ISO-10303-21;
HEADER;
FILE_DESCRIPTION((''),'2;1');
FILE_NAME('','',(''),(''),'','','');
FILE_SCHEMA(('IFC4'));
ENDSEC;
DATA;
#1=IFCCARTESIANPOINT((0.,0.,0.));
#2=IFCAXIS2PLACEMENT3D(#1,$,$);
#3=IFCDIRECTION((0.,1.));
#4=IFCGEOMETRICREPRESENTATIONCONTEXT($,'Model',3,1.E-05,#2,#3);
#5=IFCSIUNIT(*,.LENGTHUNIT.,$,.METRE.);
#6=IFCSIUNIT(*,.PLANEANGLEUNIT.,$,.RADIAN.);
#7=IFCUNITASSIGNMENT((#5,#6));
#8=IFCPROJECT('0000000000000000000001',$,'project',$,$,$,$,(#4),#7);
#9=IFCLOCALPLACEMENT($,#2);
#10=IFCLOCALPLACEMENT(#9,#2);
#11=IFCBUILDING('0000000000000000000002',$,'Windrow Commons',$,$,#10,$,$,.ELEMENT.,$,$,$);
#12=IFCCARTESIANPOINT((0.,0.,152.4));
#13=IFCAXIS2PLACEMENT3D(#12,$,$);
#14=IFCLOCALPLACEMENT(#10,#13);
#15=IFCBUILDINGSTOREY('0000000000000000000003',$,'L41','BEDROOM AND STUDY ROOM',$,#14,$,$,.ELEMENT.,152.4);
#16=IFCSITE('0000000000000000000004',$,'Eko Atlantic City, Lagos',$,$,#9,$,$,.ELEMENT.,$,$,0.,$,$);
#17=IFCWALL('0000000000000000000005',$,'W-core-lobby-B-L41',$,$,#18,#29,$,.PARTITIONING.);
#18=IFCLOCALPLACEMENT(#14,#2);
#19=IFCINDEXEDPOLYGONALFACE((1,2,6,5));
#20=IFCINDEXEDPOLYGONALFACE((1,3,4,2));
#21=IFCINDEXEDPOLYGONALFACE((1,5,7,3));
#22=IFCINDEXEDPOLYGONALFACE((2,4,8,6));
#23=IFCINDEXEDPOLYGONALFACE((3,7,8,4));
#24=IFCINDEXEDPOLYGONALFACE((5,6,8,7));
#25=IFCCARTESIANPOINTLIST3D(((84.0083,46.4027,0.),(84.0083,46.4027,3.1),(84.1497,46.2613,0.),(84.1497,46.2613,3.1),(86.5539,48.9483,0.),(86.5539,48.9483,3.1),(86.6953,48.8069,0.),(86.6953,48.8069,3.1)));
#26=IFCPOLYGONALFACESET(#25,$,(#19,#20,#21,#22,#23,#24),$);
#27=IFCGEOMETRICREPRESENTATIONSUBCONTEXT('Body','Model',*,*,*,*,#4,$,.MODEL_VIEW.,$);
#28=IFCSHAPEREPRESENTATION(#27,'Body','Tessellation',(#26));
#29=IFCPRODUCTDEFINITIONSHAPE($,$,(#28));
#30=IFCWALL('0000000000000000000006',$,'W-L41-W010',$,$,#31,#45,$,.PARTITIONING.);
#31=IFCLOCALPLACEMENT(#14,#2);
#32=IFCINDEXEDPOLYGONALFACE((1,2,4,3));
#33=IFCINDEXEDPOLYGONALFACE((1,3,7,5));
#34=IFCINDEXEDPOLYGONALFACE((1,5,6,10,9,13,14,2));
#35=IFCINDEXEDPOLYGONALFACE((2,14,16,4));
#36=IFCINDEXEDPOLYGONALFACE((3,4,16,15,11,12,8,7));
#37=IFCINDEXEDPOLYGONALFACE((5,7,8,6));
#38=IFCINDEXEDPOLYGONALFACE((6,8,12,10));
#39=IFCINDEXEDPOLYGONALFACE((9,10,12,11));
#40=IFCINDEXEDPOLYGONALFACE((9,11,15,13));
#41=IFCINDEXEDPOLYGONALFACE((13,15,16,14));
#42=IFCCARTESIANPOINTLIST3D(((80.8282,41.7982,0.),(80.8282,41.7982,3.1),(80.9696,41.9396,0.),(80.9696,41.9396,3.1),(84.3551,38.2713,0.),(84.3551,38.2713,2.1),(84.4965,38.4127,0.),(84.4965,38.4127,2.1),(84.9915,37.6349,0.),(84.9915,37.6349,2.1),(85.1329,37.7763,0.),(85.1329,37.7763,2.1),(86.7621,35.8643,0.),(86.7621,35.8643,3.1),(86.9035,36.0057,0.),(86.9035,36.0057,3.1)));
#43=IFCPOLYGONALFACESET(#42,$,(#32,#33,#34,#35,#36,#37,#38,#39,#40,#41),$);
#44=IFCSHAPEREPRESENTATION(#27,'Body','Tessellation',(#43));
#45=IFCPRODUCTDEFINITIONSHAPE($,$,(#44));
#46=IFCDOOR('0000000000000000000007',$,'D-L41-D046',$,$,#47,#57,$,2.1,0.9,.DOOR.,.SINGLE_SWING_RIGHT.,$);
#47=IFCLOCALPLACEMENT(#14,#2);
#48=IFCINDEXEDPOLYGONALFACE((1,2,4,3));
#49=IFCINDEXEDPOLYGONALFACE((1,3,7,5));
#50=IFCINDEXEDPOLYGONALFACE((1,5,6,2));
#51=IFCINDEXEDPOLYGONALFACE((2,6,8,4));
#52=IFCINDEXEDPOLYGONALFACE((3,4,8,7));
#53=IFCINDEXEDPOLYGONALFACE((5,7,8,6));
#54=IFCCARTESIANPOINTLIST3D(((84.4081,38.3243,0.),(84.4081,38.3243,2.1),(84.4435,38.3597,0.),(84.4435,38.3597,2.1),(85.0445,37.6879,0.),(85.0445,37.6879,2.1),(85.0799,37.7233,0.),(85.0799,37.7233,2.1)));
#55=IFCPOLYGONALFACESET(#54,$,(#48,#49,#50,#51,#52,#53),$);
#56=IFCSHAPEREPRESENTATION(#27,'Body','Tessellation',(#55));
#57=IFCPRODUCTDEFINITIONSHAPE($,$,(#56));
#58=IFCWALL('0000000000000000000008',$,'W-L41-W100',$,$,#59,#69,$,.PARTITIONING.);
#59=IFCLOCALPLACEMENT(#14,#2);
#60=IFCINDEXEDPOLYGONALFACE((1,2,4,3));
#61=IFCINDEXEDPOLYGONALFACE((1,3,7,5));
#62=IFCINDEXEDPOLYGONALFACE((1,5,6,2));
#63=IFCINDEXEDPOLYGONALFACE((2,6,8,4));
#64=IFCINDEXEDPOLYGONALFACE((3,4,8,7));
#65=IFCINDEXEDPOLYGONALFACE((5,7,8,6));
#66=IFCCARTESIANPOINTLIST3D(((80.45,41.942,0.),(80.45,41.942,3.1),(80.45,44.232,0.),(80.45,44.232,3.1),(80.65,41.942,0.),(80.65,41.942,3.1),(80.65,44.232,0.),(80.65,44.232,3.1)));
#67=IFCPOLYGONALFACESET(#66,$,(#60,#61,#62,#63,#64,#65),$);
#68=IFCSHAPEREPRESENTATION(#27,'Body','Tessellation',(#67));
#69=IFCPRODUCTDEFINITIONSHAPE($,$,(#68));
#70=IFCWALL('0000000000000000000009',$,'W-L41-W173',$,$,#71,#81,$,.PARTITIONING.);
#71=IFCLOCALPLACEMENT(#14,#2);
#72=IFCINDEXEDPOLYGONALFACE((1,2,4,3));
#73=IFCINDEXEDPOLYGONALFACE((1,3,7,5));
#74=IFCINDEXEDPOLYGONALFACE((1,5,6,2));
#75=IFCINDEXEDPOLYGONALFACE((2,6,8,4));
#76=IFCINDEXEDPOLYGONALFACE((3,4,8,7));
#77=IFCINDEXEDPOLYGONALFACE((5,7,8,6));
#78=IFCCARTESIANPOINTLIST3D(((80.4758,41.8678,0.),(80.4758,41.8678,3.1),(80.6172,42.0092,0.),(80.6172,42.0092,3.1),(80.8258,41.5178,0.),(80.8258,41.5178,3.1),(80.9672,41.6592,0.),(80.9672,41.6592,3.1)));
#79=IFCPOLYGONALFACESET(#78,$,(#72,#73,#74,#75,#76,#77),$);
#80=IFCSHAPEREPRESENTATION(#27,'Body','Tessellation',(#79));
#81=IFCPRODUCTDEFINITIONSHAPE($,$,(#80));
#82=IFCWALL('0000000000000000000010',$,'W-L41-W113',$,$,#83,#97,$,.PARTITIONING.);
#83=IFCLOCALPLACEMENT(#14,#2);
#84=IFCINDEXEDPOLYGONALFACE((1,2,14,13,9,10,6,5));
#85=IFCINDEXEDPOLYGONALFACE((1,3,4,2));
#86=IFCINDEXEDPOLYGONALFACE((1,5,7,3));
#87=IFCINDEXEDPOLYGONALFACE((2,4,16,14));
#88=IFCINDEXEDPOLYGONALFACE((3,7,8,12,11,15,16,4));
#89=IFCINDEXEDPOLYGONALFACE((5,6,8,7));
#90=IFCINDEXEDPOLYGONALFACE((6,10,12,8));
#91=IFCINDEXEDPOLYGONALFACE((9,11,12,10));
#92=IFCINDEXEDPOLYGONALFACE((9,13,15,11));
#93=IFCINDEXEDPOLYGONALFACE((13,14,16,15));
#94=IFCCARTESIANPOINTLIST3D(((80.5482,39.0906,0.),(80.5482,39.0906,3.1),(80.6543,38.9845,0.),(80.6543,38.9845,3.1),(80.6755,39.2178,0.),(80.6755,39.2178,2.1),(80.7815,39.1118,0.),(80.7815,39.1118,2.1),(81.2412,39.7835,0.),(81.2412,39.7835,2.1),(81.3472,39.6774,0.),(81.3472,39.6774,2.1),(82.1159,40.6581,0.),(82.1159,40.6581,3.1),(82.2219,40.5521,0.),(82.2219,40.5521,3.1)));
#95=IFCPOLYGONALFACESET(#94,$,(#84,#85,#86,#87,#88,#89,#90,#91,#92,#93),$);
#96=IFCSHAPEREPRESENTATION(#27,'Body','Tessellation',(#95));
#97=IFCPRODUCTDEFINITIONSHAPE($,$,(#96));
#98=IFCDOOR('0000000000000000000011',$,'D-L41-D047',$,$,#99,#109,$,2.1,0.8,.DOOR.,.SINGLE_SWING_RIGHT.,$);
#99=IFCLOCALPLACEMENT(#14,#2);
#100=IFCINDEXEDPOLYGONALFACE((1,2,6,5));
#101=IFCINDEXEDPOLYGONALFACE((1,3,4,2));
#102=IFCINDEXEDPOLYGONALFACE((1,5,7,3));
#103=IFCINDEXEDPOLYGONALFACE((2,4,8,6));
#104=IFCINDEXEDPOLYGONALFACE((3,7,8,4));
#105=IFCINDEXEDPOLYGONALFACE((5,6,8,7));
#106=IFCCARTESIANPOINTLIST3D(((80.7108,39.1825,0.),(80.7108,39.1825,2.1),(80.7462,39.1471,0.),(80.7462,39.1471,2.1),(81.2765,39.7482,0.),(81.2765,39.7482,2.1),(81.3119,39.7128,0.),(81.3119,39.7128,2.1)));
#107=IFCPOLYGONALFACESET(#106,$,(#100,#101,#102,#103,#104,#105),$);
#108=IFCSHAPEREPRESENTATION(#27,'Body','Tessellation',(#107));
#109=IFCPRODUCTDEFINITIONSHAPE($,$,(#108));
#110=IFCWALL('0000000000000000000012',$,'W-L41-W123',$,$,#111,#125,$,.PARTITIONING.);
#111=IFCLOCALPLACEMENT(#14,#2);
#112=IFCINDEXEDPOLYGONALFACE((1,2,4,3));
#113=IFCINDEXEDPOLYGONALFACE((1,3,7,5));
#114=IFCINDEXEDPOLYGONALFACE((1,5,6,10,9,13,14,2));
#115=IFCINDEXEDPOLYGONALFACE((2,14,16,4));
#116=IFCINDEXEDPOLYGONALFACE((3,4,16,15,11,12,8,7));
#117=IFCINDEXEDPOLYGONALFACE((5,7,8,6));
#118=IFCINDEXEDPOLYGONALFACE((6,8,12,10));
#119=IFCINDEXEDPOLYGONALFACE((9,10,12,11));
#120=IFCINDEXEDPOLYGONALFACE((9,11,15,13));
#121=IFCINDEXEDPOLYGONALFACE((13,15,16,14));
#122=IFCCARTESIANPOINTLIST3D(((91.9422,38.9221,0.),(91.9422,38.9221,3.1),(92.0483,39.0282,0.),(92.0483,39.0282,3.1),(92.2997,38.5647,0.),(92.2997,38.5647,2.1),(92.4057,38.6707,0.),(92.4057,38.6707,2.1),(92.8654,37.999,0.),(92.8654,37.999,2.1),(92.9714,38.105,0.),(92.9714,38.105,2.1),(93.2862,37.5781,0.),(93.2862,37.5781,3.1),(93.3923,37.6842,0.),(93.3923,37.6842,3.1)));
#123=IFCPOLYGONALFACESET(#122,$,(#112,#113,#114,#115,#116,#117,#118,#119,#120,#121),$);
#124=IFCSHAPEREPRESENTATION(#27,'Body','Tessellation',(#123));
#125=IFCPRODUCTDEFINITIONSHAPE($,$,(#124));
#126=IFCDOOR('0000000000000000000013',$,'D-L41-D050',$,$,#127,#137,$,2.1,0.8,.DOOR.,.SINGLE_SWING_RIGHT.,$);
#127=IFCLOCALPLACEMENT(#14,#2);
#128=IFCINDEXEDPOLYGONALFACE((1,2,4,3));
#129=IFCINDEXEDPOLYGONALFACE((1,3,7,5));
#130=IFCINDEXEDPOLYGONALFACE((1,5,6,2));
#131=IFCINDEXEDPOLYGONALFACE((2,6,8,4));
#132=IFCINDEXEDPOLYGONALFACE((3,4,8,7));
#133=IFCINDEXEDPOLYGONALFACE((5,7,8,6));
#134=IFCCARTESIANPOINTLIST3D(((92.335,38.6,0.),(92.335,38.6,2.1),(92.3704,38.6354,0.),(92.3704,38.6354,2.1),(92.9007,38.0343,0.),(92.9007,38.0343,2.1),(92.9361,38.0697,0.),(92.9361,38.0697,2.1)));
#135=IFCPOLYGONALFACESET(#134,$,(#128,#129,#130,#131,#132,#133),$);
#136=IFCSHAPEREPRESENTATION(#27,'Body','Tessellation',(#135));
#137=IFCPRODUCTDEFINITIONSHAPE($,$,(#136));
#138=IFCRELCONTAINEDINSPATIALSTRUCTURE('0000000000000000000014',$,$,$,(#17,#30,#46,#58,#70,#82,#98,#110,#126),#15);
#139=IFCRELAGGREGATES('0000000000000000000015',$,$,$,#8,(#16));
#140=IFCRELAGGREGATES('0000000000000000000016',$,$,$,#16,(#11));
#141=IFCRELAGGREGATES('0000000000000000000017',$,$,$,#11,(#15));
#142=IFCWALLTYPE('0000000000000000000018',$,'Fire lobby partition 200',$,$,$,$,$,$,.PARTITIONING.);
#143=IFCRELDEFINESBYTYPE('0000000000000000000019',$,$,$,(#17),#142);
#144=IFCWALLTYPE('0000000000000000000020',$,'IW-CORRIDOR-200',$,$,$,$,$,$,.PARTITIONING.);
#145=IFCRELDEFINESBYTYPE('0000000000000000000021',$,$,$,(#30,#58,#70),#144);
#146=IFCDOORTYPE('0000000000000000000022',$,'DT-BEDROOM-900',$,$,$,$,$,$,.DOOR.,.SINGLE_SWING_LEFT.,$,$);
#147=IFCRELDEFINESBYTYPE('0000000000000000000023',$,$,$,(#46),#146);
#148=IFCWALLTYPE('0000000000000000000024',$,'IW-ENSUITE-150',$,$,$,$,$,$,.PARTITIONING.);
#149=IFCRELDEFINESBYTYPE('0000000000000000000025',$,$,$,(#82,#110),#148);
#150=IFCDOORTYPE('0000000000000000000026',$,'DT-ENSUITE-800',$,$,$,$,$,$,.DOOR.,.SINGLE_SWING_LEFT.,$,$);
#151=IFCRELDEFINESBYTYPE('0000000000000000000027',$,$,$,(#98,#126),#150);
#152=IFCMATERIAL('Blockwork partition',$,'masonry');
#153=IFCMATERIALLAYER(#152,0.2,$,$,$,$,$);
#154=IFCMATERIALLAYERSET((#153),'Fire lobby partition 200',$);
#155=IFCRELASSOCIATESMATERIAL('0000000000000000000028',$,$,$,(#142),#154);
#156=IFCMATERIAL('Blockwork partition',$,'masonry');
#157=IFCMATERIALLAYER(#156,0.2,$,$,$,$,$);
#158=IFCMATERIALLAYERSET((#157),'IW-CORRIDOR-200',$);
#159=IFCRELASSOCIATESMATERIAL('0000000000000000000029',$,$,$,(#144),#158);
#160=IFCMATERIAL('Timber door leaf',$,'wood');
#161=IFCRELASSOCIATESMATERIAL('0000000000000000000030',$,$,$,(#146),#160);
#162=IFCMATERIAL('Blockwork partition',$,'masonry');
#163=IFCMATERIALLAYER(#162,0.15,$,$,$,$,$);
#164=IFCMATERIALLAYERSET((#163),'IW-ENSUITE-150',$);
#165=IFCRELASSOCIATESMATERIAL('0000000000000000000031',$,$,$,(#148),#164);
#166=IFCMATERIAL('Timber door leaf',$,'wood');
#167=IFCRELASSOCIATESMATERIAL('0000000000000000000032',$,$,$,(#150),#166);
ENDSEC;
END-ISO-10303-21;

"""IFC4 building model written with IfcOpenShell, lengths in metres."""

from ifc_helpers import new_model, si_unit, direction, frame, frame_2d, origin, place, context, subcontext, project, spatial, rectangle, extrude, material, layer, layer_set, type_object, element, fill, save


model = new_model("IFC4")

# Units and contexts
model_context = context("Model", 3, precision=1e-05, world=origin(), true_north=direction((0.0, 1.0)))
body_context = subcontext(model_context, "Body", "Model", "MODEL_VIEW")
ifc_project = project(units=[si_unit("LENGTHUNIT", "METRE"), si_unit("PLANEANGLEUNIT", "RADIAN")], contexts=[model_context])

# Site, building, storey
site_placement = place(None, origin())
site = spatial("IfcSite", under=ifc_project, at=site_placement, Name="Eko Atlantic City, Lagos", CompositionType="ELEMENT", RefElevation=0.0)
building_placement = place(site_placement, origin())
building = spatial("IfcBuilding", under=site, at=building_placement, Name="Windrow Commons", CompositionType="ELEMENT")
storey_placement = place(building_placement, frame((0.0, 0.0, 152.4)))
storey = spatial("IfcBuildingStorey", under=building, at=storey_placement, Name="L41", Description="BEDROOM AND STUDY ROOM", CompositionType="ELEMENT", Elevation=152.4)

# Wall
ifc_material_1 = material(Name="Blockwork partition", Category="masonry")
ifc_layer_1 = layer(ifc_material_1, 0.2)
ifc_layer_set_1 = layer_set([ifc_layer_1], Name="Fire lobby partition 200")
wall_type_1 = type_object("IfcWallType", Name="Fire lobby partition 200", PredefinedType="PARTITIONING", material=ifc_layer_set_1)
wall_1_placement = place(storey_placement, frame((84.079, 46.332, 0.0), z_axis=(0.0, 0.0, 1.0), x_axis=(0.707107, 0.707107, 0.0)))
element("IfcWall", 1, at=wall_1_placement, inside=storey, type_object=wall_type_1, Name="W-core-lobby-B-L41", PredefinedType="PARTITIONING", context=body_context, shape_type="SweptSolid", body=[
    extrude(rectangle(XDim=3.6, YDim=0.2, at=frame_2d((1.8, 0.0))), origin(), (0.0, 0.0, 1.0), 3.1),
])

# Wall, opening, door
ifc_material_2 = material(Name="Blockwork partition", Category="masonry")
ifc_layer_2 = layer(ifc_material_2, 0.2)
ifc_layer_set_2 = layer_set([ifc_layer_2], Name="IW-CORRIDOR-200")
wall_type_2 = type_object("IfcWallType", Name="IW-CORRIDOR-200", PredefinedType="PARTITIONING", material=ifc_layer_set_2)
wall_2_placement = place(storey_placement, frame((80.8989, 41.8689, 0.0), z_axis=(0.0, 0.0, 1.0), x_axis=(0.707107, -0.707107, 0.0)))
wall_2 = element("IfcWall", 2, at=wall_2_placement, inside=storey, type_object=wall_type_2, Name="W-L41-W010", PredefinedType="PARTITIONING", context=body_context, shape_type="SweptSolid", body=[
    extrude(rectangle(XDim=8.3919, YDim=0.2, at=frame_2d((4.1959, 0.0))), origin(), (0.0, 0.0, 1.0), 3.1),
])
opening_1_placement = place(wall_2_placement, frame((4.9878, 0.0, 0.0)))
opening_1 = element("IfcOpeningElement", 3, at=opening_1_placement, cuts=wall_2, PredefinedType="OPENING", context=body_context, shape_type="SweptSolid", body=[
    extrude(rectangle(XDim=0.9, YDim=2.1, at=frame_2d((0.45, 1.05))), frame((0.0, 0.11, 0.0), z_axis=(0.0, -1.0, 0.0), x_axis=(1.0, 0.0, 0.0)), (0.0, 0.0, 1.0), 0.22),
])
ifc_material_3 = material(Name="Timber door leaf", Category="wood")
door_type_1 = type_object("IfcDoorType", Name="DT-BEDROOM-900", OperationType="SINGLE_SWING_LEFT", PredefinedType="DOOR", material=ifc_material_3)
door_1_placement = place(opening_1_placement, origin())
door_1 = element("IfcDoor", 4, at=door_1_placement, inside=storey, type_object=door_type_1, Name="D-L41-D046", OperationType="SINGLE_SWING_RIGHT", OverallHeight=2.1, OverallWidth=0.9, PredefinedType="DOOR", context=body_context, shape_type="SweptSolid", body=[
    extrude(rectangle(XDim=0.9, YDim=2.1, at=frame_2d((0.45, 1.05))), frame((0.0, 0.025, 0.0), z_axis=(0.0, -1.0, 0.0), x_axis=(1.0, 0.0, 0.0)), (0.0, 0.0, 1.0), 0.05),
])
fill(opening_1, door_1)

# Walls
wall_3_placement = place(storey_placement, frame((80.55, 41.942, 0.0), z_axis=(0.0, 0.0, 1.0), x_axis=(0.0, 1.0, 0.0)))
element("IfcWall", 5, at=wall_3_placement, inside=storey, type_object=wall_type_2, Name="W-L41-W100", PredefinedType="PARTITIONING", context=body_context, shape_type="SweptSolid", body=[
    extrude(rectangle(XDim=2.29, YDim=0.2, at=frame_2d((1.145, 0.0))), origin(), (0.0, 0.0, 1.0), 3.1),
])
wall_4_placement = place(storey_placement, frame((80.5465, 41.9385, 0.0), z_axis=(0.0, 0.0, 1.0), x_axis=(0.707107, -0.707107, 0.0)))
element("IfcWall", 6, at=wall_4_placement, inside=storey, type_object=wall_type_2, Name="W-L41-W173", PredefinedType="PARTITIONING", context=body_context, shape_type="SweptSolid", body=[
    extrude(rectangle(XDim=0.495, YDim=0.2, at=frame_2d((0.2475, 0.0))), origin(), (0.0, 0.0, 1.0), 3.1),
])

# Walls, openings, doors
ifc_material_4 = material(Name="Blockwork partition", Category="masonry")
ifc_layer_3 = layer(ifc_material_4, 0.15)
ifc_layer_set_3 = layer_set([ifc_layer_3], Name="IW-ENSUITE-150")
wall_type_3 = type_object("IfcWallType", Name="IW-ENSUITE-150", PredefinedType="PARTITIONING", material=ifc_layer_set_3)
wall_5_placement = place(storey_placement, frame((80.6013, 39.0376, 0.0), z_axis=(0.0, 0.0, 1.0), x_axis=(0.707129, 0.707084, 0.0)))
wall_5 = element("IfcWall", 7, at=wall_5_placement, inside=storey, type_object=wall_type_3, Name="W-L41-W113", PredefinedType="PARTITIONING", context=body_context, shape_type="SweptSolid", body=[
    extrude(rectangle(XDim=2.2169, YDim=0.15, at=frame_2d((1.1084, 0.0))), origin(), (0.0, 0.0, 1.0), 3.1),
])
opening_2_placement = place(wall_5_placement, frame((0.1799, 0.0, 0.0)))
opening_2 = element("IfcOpeningElement", 8, at=opening_2_placement, cuts=wall_5, PredefinedType="OPENING", context=body_context, shape_type="SweptSolid", body=[
    extrude(rectangle(XDim=0.8, YDim=2.1, at=frame_2d((0.4, 1.05))), frame((0.0, 0.085, 0.0), z_axis=(0.0, -1.0, 0.0), x_axis=(1.0, 0.0, 0.0)), (0.0, 0.0, 1.0), 0.17),
])
ifc_material_5 = material(Name="Timber door leaf", Category="wood")
door_type_2 = type_object("IfcDoorType", Name="DT-ENSUITE-800", OperationType="SINGLE_SWING_LEFT", PredefinedType="DOOR", material=ifc_material_5)
door_2_placement = place(opening_2_placement, origin())
door_2 = element("IfcDoor", 9, at=door_2_placement, inside=storey, type_object=door_type_2, Name="D-L41-D047", OperationType="SINGLE_SWING_RIGHT", OverallHeight=2.1, OverallWidth=0.8, PredefinedType="DOOR", context=body_context, shape_type="SweptSolid", body=[
    extrude(rectangle(XDim=0.8, YDim=2.1, at=frame_2d((0.4, 1.05))), frame((0.0, 0.025, 0.0), z_axis=(0.0, -1.0, 0.0), x_axis=(1.0, 0.0, 0.0)), (0.0, 0.0, 1.0), 0.05),
])
fill(opening_2, door_2)
wall_6_placement = place(storey_placement, frame((91.9952, 38.9752, 0.0), z_axis=(0.0, 0.0, 1.0), x_axis=(0.707107, -0.707107, 0.0)))
wall_6 = element("IfcWall", 10, at=wall_6_placement, inside=storey, type_object=wall_type_3, Name="W-L41-W123", PredefinedType="PARTITIONING", context=body_context, shape_type="SweptSolid", body=[
    extrude(rectangle(XDim=1.9007, YDim=0.15, at=frame_2d((0.9504, 0.0))), origin(), (0.0, 0.0, 1.0), 3.1),
])
opening_3_placement = place(wall_6_placement, frame((0.5056, 0.0, 0.0)))
opening_3 = element("IfcOpeningElement", 11, at=opening_3_placement, cuts=wall_6, PredefinedType="OPENING", context=body_context, shape_type="SweptSolid", body=[
    extrude(rectangle(XDim=0.8, YDim=2.1, at=frame_2d((0.4, 1.05))), frame((0.0, 0.085, 0.0), z_axis=(0.0, -1.0, 0.0), x_axis=(1.0, 0.0, 0.0)), (0.0, 0.0, 1.0), 0.17),
])
door_3_placement = place(opening_3_placement, origin())
door_3 = element("IfcDoor", 12, at=door_3_placement, inside=storey, type_object=door_type_2, Name="D-L41-D050", OperationType="SINGLE_SWING_RIGHT", OverallHeight=2.1, OverallWidth=0.8, PredefinedType="DOOR", context=body_context, shape_type="SweptSolid", body=[
    extrude(rectangle(XDim=0.8, YDim=2.1, at=frame_2d((0.4, 1.05))), frame((0.0, 0.025, 0.0), z_axis=(0.0, -1.0, 0.0), x_axis=(1.0, 0.0, 0.0)), (0.0, 0.0, 1.0), 0.05),
])
fill(opening_3, door_3)

save(model, "model.ifc")
